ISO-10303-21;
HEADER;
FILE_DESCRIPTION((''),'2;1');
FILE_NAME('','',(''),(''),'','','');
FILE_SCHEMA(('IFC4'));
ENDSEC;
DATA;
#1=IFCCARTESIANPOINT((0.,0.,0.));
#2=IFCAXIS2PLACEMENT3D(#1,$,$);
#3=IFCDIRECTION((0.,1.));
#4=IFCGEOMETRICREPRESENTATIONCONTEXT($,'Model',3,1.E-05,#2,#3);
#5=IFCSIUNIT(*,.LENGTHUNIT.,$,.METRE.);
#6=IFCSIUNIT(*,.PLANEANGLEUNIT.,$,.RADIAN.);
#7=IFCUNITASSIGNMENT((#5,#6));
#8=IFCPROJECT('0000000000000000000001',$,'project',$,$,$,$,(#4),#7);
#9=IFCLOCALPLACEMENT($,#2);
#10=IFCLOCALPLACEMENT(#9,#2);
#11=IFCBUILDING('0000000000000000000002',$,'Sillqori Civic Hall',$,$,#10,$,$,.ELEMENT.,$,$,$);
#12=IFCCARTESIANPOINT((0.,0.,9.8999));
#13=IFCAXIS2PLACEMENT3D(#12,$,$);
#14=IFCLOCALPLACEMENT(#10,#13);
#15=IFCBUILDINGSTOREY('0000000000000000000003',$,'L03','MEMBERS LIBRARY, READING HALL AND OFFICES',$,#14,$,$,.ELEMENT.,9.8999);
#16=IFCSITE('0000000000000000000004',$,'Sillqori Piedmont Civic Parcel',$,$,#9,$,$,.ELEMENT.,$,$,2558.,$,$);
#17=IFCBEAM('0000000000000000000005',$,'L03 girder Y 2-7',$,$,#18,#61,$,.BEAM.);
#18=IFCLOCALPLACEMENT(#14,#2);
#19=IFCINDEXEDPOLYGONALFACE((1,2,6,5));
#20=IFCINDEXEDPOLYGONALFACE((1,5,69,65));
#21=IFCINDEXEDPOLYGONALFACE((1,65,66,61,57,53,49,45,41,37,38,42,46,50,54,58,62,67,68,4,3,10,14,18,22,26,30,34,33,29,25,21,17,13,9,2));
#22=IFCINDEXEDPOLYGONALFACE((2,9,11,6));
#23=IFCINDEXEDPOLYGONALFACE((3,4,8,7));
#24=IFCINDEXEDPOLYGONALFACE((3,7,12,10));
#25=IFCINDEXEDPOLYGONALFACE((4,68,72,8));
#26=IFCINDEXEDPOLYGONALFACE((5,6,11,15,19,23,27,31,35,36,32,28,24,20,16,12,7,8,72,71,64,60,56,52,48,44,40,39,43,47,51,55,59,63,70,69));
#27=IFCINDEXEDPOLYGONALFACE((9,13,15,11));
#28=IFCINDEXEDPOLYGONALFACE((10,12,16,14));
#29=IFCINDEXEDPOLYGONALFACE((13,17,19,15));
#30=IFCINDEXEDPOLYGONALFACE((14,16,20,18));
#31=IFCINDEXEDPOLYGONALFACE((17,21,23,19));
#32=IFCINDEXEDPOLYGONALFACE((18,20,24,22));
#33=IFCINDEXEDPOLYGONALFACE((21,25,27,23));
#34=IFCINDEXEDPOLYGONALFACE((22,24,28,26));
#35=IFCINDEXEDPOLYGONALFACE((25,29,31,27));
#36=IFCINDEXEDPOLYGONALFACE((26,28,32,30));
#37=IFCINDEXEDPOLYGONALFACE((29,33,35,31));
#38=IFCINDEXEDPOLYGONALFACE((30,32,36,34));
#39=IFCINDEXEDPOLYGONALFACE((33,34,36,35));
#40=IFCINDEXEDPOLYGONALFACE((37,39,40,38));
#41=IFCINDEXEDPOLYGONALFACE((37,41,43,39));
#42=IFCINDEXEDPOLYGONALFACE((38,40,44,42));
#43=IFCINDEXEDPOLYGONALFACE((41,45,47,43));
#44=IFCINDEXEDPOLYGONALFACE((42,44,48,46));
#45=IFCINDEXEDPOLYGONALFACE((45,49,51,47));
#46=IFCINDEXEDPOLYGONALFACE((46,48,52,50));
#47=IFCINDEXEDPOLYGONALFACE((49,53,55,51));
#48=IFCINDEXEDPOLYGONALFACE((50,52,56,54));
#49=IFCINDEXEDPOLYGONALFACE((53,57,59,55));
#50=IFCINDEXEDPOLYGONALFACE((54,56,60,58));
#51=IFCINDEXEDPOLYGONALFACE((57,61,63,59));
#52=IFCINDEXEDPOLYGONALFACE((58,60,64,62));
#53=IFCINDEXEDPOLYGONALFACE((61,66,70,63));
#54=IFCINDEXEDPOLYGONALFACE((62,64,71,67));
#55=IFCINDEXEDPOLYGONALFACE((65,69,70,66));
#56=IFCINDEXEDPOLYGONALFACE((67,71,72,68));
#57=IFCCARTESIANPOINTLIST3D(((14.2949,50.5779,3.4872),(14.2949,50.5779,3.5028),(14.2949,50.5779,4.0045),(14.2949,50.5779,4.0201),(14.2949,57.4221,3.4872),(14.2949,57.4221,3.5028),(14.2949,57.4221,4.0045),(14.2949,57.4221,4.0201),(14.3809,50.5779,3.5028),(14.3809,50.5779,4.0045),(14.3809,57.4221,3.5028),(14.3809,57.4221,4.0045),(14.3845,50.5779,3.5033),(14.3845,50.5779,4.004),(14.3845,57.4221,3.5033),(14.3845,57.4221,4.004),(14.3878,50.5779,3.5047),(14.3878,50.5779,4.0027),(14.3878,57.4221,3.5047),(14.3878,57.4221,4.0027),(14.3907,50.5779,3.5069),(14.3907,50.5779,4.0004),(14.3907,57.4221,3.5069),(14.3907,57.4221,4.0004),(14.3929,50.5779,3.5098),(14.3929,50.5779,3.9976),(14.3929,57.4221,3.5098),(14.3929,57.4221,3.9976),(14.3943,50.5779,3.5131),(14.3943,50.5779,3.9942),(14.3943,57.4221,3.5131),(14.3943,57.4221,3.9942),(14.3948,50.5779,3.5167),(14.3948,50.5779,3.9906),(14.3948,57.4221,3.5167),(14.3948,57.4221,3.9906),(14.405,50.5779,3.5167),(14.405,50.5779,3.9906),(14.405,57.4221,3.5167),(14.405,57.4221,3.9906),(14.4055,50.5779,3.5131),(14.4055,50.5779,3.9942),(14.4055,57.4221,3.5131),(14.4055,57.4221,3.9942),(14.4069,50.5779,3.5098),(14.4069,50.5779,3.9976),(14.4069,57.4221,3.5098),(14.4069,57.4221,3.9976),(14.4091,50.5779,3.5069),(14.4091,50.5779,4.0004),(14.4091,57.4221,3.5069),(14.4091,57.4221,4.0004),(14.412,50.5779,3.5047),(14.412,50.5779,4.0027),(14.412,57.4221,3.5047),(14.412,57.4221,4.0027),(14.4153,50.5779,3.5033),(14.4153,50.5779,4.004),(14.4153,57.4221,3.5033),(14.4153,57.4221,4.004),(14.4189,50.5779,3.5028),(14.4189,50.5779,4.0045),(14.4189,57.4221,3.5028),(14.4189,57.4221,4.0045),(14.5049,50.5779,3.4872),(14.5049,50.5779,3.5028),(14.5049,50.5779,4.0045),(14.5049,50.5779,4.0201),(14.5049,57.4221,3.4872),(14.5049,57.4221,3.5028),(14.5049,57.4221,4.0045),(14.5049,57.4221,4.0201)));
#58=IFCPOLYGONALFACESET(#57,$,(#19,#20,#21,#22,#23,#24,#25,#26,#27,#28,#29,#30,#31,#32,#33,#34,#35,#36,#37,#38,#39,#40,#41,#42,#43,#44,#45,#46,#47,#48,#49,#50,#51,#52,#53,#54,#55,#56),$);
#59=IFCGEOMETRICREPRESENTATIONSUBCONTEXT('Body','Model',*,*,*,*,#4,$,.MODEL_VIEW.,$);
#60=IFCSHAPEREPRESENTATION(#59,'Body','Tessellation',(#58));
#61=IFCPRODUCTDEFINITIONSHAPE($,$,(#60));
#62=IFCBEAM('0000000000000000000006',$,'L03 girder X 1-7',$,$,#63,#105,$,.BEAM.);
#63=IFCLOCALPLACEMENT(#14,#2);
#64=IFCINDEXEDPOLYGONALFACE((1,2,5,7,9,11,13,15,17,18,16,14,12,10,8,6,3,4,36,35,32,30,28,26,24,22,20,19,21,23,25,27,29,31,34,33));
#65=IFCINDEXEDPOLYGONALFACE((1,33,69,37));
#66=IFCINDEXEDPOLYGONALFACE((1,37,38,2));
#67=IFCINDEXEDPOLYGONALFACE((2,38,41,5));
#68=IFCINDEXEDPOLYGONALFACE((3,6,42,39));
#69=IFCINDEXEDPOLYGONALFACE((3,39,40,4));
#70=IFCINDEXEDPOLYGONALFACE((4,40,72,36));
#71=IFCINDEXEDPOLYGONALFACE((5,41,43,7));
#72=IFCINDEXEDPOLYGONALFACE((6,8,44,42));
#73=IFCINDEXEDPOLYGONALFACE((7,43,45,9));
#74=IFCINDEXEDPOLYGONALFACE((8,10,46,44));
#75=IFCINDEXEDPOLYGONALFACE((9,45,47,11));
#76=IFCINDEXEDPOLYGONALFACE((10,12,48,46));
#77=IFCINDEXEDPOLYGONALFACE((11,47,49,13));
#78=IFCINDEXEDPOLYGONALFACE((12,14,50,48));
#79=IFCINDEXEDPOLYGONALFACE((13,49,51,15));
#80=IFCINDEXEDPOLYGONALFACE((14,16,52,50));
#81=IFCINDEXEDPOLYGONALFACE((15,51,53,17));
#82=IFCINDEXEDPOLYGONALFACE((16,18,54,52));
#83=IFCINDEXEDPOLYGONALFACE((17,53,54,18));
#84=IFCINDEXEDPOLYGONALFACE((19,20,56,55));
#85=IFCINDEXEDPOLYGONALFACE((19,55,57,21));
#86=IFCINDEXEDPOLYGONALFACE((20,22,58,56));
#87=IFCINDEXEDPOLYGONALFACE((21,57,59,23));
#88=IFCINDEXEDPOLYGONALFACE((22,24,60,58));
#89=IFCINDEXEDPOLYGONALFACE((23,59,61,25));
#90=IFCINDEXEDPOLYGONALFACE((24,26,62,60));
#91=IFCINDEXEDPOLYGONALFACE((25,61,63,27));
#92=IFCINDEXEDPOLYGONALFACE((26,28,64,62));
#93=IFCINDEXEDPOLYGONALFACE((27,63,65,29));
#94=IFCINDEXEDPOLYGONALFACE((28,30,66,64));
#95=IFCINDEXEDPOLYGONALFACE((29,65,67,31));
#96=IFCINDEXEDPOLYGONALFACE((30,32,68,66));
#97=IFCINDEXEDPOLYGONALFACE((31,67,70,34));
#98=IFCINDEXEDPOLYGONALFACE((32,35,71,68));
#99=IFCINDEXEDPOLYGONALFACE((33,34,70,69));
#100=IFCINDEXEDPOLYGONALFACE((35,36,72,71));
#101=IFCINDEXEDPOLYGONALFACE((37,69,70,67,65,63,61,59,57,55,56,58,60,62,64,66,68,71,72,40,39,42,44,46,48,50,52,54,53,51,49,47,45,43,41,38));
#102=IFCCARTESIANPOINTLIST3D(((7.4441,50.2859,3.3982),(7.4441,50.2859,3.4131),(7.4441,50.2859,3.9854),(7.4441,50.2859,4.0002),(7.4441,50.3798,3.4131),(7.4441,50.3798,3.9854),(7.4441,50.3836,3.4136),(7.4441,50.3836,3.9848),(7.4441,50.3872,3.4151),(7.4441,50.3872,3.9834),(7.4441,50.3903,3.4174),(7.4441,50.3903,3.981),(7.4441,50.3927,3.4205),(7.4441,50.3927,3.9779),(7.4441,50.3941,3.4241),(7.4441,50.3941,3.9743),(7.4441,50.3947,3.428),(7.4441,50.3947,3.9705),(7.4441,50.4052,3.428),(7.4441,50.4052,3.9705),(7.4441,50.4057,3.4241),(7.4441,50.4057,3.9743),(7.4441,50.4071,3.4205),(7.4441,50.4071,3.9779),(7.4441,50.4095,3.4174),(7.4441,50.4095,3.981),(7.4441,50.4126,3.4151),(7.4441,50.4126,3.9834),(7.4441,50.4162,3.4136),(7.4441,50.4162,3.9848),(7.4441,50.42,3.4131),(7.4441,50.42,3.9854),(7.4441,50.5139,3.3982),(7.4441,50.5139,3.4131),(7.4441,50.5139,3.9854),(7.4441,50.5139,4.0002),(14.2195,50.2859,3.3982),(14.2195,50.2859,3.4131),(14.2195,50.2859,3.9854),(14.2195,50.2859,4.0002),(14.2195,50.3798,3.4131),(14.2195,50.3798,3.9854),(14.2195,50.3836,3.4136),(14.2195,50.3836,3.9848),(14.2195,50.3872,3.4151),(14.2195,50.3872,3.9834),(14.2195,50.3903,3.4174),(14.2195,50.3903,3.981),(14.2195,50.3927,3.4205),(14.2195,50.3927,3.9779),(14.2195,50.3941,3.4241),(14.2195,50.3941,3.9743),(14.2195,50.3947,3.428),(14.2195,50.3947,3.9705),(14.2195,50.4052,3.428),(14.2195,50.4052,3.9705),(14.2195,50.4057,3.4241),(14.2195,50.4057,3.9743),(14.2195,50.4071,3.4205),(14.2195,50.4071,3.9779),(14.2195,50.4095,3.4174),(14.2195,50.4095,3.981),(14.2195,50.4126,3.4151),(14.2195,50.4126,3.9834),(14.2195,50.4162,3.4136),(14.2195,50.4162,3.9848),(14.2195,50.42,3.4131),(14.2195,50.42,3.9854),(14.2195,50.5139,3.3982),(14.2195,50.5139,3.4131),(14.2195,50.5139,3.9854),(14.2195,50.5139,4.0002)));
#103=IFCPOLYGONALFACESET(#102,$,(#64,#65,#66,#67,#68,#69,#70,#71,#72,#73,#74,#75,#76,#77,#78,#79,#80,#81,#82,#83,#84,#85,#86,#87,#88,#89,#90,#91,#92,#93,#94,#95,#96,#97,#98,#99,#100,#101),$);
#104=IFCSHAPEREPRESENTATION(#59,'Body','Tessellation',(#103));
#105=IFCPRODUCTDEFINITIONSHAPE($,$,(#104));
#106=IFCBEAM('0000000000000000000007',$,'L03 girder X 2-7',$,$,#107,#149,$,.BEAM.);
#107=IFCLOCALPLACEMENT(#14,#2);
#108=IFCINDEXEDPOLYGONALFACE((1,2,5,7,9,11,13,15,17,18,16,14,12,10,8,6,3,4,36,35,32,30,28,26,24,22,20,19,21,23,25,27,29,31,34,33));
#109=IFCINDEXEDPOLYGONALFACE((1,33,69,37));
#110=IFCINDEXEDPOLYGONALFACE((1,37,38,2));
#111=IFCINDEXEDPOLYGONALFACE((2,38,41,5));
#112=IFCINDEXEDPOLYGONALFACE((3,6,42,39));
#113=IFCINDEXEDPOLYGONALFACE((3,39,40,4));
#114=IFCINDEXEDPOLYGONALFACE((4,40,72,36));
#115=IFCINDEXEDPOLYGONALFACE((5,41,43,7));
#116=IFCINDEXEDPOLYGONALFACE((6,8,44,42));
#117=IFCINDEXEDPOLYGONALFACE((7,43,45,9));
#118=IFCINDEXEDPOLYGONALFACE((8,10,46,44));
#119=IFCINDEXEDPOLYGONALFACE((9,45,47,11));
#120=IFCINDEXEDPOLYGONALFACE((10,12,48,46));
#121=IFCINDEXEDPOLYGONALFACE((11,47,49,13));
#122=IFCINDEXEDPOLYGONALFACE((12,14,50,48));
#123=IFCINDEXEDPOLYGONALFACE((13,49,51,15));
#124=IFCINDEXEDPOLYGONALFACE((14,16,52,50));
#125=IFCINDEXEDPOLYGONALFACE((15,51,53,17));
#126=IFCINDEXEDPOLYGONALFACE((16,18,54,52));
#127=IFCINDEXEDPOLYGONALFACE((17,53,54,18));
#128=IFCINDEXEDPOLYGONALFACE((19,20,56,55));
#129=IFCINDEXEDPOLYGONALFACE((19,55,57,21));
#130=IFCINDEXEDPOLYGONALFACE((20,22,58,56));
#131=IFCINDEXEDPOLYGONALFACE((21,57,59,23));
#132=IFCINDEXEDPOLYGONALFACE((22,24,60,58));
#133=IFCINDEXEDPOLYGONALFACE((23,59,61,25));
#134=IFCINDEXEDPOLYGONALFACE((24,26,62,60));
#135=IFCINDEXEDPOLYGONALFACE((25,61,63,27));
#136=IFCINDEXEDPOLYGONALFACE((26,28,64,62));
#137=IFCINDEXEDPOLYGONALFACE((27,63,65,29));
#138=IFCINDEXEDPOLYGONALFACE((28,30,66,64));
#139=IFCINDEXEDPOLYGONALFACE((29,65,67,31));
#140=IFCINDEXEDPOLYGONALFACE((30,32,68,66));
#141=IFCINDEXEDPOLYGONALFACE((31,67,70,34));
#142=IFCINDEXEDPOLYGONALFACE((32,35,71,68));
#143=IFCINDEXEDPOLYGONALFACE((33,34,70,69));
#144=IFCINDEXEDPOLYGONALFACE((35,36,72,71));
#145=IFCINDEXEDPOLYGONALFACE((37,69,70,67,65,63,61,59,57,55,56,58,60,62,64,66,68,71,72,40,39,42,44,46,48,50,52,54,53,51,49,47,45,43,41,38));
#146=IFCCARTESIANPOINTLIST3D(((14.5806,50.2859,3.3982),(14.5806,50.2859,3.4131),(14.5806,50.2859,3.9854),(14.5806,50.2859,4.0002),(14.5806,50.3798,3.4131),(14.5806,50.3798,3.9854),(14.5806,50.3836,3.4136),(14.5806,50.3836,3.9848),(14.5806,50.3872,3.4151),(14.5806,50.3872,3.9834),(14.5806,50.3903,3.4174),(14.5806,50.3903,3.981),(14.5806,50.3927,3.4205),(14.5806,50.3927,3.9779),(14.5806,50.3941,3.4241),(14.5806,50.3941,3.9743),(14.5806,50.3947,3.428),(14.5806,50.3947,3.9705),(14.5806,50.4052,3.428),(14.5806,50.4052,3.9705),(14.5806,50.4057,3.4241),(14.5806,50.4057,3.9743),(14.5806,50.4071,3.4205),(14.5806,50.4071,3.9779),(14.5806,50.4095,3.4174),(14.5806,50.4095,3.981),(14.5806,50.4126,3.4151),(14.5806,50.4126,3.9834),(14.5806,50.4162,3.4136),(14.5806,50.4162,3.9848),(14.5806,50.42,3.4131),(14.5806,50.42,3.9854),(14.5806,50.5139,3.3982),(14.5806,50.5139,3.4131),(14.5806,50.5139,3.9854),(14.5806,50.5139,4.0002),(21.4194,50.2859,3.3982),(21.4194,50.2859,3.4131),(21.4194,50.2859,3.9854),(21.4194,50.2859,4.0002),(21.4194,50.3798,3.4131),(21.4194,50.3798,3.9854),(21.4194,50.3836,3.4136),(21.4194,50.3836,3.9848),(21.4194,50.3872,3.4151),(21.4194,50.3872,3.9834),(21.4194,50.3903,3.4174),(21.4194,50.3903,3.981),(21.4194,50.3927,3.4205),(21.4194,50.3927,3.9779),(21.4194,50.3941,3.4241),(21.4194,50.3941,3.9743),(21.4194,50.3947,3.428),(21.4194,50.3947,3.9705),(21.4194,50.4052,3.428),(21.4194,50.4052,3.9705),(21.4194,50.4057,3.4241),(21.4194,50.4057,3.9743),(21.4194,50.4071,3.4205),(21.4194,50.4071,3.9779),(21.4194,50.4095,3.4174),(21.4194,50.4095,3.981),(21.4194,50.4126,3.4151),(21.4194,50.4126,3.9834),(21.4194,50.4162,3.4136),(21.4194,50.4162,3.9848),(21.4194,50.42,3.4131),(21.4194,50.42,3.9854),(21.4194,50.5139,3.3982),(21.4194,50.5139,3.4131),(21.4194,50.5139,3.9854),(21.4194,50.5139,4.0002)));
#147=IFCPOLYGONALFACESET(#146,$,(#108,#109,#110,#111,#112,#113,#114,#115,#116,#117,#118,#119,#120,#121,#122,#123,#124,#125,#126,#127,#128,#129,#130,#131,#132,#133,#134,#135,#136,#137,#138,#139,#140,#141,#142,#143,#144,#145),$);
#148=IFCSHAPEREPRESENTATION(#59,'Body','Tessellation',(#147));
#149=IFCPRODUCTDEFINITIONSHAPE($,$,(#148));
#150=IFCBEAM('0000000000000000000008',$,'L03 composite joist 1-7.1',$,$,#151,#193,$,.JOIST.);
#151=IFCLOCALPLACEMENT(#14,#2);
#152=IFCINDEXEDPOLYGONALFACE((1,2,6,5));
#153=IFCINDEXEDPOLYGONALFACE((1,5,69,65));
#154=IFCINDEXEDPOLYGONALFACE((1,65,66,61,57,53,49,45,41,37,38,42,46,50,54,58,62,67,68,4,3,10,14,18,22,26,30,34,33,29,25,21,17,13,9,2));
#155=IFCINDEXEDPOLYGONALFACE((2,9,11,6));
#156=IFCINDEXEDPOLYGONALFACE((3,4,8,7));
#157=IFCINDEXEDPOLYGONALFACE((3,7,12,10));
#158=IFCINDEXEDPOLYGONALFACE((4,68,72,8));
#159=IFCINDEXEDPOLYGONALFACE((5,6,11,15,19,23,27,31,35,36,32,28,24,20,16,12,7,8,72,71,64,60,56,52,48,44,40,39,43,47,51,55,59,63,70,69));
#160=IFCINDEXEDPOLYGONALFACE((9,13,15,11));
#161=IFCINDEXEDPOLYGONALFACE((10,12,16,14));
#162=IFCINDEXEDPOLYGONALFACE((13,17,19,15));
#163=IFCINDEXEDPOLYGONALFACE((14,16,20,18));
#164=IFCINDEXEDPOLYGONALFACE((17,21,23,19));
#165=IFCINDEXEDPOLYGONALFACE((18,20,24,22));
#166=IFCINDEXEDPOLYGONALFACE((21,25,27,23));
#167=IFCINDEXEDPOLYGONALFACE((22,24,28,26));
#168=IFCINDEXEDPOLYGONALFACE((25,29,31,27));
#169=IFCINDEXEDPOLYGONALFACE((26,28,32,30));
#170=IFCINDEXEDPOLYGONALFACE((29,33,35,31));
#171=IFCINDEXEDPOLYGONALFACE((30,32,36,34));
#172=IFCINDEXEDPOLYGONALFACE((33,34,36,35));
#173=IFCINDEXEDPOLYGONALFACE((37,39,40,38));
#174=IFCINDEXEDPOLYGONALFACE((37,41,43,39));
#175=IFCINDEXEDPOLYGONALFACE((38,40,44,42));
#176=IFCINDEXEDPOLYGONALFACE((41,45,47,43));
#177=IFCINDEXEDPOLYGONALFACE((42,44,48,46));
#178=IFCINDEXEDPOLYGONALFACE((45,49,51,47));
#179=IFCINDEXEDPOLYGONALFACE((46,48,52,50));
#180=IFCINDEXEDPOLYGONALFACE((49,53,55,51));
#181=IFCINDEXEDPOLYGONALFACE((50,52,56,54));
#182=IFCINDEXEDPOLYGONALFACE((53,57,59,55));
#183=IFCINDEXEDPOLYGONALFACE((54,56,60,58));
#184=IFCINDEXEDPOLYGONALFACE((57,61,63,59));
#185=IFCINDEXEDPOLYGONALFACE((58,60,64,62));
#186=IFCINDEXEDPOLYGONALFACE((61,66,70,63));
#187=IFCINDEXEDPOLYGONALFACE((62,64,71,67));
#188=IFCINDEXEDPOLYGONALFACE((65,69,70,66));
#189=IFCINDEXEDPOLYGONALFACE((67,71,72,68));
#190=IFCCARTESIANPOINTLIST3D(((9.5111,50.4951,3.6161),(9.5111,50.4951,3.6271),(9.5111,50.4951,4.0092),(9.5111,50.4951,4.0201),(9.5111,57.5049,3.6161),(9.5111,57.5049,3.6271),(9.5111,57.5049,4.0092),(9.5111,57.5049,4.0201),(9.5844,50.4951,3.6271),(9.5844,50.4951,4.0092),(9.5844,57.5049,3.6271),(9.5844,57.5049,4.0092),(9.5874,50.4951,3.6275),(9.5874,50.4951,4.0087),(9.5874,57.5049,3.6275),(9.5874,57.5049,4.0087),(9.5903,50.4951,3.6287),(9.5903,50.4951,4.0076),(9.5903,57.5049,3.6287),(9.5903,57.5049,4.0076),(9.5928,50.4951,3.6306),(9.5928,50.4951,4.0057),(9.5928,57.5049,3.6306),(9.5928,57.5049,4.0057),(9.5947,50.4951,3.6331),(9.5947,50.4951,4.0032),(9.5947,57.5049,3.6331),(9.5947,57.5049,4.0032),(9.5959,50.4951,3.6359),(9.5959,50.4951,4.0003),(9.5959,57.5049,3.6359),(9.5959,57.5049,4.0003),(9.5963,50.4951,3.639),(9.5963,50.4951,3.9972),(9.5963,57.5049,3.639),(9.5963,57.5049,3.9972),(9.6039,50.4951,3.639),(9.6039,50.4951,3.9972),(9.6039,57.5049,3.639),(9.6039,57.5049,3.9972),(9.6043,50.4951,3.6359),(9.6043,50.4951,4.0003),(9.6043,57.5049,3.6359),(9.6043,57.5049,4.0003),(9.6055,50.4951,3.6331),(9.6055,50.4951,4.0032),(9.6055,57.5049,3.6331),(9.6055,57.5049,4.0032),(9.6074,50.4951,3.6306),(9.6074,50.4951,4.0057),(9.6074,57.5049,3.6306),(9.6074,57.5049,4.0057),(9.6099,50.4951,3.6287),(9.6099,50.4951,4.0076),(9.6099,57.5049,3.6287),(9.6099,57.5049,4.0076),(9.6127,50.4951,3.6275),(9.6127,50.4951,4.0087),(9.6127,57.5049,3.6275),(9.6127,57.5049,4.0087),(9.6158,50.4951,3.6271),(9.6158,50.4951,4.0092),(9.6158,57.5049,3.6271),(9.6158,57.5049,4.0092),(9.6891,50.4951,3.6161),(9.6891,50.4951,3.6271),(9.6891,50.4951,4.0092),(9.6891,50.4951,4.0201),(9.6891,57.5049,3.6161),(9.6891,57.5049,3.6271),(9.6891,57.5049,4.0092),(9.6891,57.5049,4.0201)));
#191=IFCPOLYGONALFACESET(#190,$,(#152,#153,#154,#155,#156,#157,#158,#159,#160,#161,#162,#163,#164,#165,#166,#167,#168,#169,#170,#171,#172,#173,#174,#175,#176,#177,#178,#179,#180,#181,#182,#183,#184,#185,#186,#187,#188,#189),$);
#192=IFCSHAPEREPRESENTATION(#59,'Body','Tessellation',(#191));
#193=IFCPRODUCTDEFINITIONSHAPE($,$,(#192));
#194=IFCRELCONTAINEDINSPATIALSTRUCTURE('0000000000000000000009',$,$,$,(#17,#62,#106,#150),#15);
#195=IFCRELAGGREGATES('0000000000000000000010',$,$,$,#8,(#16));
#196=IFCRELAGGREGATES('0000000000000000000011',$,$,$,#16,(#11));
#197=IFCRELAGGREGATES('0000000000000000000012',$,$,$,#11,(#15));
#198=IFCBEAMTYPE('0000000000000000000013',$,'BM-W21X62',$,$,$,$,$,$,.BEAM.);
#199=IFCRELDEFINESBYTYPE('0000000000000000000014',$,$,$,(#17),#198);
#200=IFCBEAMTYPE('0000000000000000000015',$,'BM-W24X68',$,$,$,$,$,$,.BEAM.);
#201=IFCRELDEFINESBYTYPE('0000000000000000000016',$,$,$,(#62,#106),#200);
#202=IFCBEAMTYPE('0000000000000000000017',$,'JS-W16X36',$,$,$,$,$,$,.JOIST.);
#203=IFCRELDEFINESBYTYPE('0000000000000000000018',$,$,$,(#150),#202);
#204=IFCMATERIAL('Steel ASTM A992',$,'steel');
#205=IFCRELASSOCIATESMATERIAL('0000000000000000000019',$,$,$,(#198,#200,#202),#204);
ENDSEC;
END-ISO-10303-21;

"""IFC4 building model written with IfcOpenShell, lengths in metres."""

from ifc_helpers import new_model, si_unit, direction, frame, origin, origin_2d, place, context, subcontext, project, spatial, i_section, extrude, material, material_profile, profile_set, type_object, element, save


model = new_model("IFC4")

# Units and contexts
model_context = context("Model", 3, precision=1e-05, world=origin(), true_north=direction((0.0, 1.0)))
body_context = subcontext(model_context, "Body", "Model", "MODEL_VIEW")
ifc_project = project(units=[si_unit("LENGTHUNIT", "METRE"), si_unit("PLANEANGLEUNIT", "RADIAN")], contexts=[model_context])

# Site, building, storey
site_placement = place(None, origin())
site = spatial("IfcSite", under=ifc_project, at=site_placement, Name="Sillqori Piedmont Civic Parcel", CompositionType="ELEMENT", RefElevation=2558.0)
building_placement = place(site_placement, origin())
building = spatial("IfcBuilding", under=site, at=building_placement, Name="Sillqori Civic Hall", CompositionType="ELEMENT")
storey_placement = place(building_placement, frame((0.0, 0.0, 9.8999)))
storey = spatial("IfcBuildingStorey", under=building, at=storey_placement, Name="L03", Description="MEMBERS LIBRARY, READING HALL AND OFFICES", CompositionType="ELEMENT", Elevation=9.8999)

# Shared definitions
ifc_material_1 = material(Name="Steel ASTM A992", Category="steel")

# Beams
ifc_material_profile_1 = material_profile(ifc_material_1, i_section(OverallWidth=0.21, OverallDepth=0.533, WebThickness=0.0103, FlangeThickness=0.0156, FilletRadius=0.0139, at=origin_2d()), Name="W21X62")
ifc_profile_set_1 = profile_set([ifc_material_profile_1], Name="Steel ASTM A992")
beam_type_1 = type_object("IfcBeamType", Name="BM-W21X62", PredefinedType="BEAM", material=ifc_profile_set_1)
beam_1_placement = place(storey_placement, frame((14.3999, 50.5779, 3.7537), z_axis=(0.0, 1.0, 0.0), x_axis=(-1.0, 0.0, 0.0)))
element("IfcBeam", 1, at=beam_1_placement, inside=storey, type_object=beam_type_1, Name="L03 girder Y 2-7", PredefinedType="BEAM", context=body_context, shape_type="SweptSolid", body=[
    extrude(i_section(OverallWidth=0.21, OverallDepth=0.533, WebThickness=0.0103, FlangeThickness=0.0156, FilletRadius=0.0139, at=origin_2d()), origin(), (0.0, 0.0, 1.0), 6.8442),
])
ifc_material_profile_2 = material_profile(ifc_material_1, i_section(OverallWidth=0.228, OverallDepth=0.6021, WebThickness=0.0105, FlangeThickness=0.0149, FilletRadius=0.0149, at=origin_2d()), Name="W24X68")
ifc_profile_set_2 = profile_set([ifc_material_profile_2], Name="Steel ASTM A992")
beam_type_2 = type_object("IfcBeamType", Name="BM-W24X68", PredefinedType="BEAM", material=ifc_profile_set_2)
beam_2_placement = place(storey_placement, frame((7.4441, 50.3999, 3.6992), z_axis=(1.0, 0.0, 0.0), x_axis=(0.0, 1.0, 0.0)))
element("IfcBeam", 2, at=beam_2_placement, inside=storey, type_object=beam_type_2, Name="L03 girder X 1-7", PredefinedType="BEAM", context=body_context, shape_type="SweptSolid", body=[
    extrude(i_section(OverallWidth=0.228, OverallDepth=0.6021, WebThickness=0.0105, FlangeThickness=0.0149, FilletRadius=0.0149, at=origin_2d()), origin(), (0.0, 0.0, 1.0), 6.7754),
])
beam_3_placement = place(storey_placement, frame((14.5806, 50.3999, 3.6992), z_axis=(1.0, 0.0, 0.0), x_axis=(0.0, 1.0, 0.0)))
element("IfcBeam", 3, at=beam_3_placement, inside=storey, type_object=beam_type_2, Name="L03 girder X 2-7", PredefinedType="BEAM", context=body_context, shape_type="SweptSolid", body=[
    extrude(i_section(OverallWidth=0.228, OverallDepth=0.6021, WebThickness=0.0105, FlangeThickness=0.0149, FilletRadius=0.0149, at=origin_2d()), origin(), (0.0, 0.0, 1.0), 6.8389),
])
ifc_material_profile_3 = material_profile(ifc_material_1, i_section(OverallWidth=0.178, OverallDepth=0.4041, WebThickness=0.0076, FlangeThickness=0.011, FilletRadius=0.012, at=origin_2d()), Name="W16X36")
ifc_profile_set_3 = profile_set([ifc_material_profile_3], Name="Steel ASTM A992")
beam_type_3 = type_object("IfcBeamType", Name="JS-W16X36", PredefinedType="JOIST", material=ifc_profile_set_3)
for number, where, z_axis, x_axis, name in (
    (4, (9.6001, 50.4951, 3.8181), (0.0, 1.0, 0.0), (-1.0, 0.0, 0.0), "L03 composite joist 1-7.1"),
):
    element("IfcBeam", number, at=place(storey_placement, frame(where, z_axis=z_axis, x_axis=x_axis)), inside=storey, type_object=beam_type_3, Name=name, PredefinedType="JOIST", context=body_context, shape_type="SweptSolid", body=[
        extrude(i_section(OverallWidth=0.178, OverallDepth=0.4041, WebThickness=0.0076, FlangeThickness=0.011, FilletRadius=0.012, at=origin_2d()), origin(), (0.0, 0.0, 1.0), 7.0098),
    ])

save(model, "model.ifc")
